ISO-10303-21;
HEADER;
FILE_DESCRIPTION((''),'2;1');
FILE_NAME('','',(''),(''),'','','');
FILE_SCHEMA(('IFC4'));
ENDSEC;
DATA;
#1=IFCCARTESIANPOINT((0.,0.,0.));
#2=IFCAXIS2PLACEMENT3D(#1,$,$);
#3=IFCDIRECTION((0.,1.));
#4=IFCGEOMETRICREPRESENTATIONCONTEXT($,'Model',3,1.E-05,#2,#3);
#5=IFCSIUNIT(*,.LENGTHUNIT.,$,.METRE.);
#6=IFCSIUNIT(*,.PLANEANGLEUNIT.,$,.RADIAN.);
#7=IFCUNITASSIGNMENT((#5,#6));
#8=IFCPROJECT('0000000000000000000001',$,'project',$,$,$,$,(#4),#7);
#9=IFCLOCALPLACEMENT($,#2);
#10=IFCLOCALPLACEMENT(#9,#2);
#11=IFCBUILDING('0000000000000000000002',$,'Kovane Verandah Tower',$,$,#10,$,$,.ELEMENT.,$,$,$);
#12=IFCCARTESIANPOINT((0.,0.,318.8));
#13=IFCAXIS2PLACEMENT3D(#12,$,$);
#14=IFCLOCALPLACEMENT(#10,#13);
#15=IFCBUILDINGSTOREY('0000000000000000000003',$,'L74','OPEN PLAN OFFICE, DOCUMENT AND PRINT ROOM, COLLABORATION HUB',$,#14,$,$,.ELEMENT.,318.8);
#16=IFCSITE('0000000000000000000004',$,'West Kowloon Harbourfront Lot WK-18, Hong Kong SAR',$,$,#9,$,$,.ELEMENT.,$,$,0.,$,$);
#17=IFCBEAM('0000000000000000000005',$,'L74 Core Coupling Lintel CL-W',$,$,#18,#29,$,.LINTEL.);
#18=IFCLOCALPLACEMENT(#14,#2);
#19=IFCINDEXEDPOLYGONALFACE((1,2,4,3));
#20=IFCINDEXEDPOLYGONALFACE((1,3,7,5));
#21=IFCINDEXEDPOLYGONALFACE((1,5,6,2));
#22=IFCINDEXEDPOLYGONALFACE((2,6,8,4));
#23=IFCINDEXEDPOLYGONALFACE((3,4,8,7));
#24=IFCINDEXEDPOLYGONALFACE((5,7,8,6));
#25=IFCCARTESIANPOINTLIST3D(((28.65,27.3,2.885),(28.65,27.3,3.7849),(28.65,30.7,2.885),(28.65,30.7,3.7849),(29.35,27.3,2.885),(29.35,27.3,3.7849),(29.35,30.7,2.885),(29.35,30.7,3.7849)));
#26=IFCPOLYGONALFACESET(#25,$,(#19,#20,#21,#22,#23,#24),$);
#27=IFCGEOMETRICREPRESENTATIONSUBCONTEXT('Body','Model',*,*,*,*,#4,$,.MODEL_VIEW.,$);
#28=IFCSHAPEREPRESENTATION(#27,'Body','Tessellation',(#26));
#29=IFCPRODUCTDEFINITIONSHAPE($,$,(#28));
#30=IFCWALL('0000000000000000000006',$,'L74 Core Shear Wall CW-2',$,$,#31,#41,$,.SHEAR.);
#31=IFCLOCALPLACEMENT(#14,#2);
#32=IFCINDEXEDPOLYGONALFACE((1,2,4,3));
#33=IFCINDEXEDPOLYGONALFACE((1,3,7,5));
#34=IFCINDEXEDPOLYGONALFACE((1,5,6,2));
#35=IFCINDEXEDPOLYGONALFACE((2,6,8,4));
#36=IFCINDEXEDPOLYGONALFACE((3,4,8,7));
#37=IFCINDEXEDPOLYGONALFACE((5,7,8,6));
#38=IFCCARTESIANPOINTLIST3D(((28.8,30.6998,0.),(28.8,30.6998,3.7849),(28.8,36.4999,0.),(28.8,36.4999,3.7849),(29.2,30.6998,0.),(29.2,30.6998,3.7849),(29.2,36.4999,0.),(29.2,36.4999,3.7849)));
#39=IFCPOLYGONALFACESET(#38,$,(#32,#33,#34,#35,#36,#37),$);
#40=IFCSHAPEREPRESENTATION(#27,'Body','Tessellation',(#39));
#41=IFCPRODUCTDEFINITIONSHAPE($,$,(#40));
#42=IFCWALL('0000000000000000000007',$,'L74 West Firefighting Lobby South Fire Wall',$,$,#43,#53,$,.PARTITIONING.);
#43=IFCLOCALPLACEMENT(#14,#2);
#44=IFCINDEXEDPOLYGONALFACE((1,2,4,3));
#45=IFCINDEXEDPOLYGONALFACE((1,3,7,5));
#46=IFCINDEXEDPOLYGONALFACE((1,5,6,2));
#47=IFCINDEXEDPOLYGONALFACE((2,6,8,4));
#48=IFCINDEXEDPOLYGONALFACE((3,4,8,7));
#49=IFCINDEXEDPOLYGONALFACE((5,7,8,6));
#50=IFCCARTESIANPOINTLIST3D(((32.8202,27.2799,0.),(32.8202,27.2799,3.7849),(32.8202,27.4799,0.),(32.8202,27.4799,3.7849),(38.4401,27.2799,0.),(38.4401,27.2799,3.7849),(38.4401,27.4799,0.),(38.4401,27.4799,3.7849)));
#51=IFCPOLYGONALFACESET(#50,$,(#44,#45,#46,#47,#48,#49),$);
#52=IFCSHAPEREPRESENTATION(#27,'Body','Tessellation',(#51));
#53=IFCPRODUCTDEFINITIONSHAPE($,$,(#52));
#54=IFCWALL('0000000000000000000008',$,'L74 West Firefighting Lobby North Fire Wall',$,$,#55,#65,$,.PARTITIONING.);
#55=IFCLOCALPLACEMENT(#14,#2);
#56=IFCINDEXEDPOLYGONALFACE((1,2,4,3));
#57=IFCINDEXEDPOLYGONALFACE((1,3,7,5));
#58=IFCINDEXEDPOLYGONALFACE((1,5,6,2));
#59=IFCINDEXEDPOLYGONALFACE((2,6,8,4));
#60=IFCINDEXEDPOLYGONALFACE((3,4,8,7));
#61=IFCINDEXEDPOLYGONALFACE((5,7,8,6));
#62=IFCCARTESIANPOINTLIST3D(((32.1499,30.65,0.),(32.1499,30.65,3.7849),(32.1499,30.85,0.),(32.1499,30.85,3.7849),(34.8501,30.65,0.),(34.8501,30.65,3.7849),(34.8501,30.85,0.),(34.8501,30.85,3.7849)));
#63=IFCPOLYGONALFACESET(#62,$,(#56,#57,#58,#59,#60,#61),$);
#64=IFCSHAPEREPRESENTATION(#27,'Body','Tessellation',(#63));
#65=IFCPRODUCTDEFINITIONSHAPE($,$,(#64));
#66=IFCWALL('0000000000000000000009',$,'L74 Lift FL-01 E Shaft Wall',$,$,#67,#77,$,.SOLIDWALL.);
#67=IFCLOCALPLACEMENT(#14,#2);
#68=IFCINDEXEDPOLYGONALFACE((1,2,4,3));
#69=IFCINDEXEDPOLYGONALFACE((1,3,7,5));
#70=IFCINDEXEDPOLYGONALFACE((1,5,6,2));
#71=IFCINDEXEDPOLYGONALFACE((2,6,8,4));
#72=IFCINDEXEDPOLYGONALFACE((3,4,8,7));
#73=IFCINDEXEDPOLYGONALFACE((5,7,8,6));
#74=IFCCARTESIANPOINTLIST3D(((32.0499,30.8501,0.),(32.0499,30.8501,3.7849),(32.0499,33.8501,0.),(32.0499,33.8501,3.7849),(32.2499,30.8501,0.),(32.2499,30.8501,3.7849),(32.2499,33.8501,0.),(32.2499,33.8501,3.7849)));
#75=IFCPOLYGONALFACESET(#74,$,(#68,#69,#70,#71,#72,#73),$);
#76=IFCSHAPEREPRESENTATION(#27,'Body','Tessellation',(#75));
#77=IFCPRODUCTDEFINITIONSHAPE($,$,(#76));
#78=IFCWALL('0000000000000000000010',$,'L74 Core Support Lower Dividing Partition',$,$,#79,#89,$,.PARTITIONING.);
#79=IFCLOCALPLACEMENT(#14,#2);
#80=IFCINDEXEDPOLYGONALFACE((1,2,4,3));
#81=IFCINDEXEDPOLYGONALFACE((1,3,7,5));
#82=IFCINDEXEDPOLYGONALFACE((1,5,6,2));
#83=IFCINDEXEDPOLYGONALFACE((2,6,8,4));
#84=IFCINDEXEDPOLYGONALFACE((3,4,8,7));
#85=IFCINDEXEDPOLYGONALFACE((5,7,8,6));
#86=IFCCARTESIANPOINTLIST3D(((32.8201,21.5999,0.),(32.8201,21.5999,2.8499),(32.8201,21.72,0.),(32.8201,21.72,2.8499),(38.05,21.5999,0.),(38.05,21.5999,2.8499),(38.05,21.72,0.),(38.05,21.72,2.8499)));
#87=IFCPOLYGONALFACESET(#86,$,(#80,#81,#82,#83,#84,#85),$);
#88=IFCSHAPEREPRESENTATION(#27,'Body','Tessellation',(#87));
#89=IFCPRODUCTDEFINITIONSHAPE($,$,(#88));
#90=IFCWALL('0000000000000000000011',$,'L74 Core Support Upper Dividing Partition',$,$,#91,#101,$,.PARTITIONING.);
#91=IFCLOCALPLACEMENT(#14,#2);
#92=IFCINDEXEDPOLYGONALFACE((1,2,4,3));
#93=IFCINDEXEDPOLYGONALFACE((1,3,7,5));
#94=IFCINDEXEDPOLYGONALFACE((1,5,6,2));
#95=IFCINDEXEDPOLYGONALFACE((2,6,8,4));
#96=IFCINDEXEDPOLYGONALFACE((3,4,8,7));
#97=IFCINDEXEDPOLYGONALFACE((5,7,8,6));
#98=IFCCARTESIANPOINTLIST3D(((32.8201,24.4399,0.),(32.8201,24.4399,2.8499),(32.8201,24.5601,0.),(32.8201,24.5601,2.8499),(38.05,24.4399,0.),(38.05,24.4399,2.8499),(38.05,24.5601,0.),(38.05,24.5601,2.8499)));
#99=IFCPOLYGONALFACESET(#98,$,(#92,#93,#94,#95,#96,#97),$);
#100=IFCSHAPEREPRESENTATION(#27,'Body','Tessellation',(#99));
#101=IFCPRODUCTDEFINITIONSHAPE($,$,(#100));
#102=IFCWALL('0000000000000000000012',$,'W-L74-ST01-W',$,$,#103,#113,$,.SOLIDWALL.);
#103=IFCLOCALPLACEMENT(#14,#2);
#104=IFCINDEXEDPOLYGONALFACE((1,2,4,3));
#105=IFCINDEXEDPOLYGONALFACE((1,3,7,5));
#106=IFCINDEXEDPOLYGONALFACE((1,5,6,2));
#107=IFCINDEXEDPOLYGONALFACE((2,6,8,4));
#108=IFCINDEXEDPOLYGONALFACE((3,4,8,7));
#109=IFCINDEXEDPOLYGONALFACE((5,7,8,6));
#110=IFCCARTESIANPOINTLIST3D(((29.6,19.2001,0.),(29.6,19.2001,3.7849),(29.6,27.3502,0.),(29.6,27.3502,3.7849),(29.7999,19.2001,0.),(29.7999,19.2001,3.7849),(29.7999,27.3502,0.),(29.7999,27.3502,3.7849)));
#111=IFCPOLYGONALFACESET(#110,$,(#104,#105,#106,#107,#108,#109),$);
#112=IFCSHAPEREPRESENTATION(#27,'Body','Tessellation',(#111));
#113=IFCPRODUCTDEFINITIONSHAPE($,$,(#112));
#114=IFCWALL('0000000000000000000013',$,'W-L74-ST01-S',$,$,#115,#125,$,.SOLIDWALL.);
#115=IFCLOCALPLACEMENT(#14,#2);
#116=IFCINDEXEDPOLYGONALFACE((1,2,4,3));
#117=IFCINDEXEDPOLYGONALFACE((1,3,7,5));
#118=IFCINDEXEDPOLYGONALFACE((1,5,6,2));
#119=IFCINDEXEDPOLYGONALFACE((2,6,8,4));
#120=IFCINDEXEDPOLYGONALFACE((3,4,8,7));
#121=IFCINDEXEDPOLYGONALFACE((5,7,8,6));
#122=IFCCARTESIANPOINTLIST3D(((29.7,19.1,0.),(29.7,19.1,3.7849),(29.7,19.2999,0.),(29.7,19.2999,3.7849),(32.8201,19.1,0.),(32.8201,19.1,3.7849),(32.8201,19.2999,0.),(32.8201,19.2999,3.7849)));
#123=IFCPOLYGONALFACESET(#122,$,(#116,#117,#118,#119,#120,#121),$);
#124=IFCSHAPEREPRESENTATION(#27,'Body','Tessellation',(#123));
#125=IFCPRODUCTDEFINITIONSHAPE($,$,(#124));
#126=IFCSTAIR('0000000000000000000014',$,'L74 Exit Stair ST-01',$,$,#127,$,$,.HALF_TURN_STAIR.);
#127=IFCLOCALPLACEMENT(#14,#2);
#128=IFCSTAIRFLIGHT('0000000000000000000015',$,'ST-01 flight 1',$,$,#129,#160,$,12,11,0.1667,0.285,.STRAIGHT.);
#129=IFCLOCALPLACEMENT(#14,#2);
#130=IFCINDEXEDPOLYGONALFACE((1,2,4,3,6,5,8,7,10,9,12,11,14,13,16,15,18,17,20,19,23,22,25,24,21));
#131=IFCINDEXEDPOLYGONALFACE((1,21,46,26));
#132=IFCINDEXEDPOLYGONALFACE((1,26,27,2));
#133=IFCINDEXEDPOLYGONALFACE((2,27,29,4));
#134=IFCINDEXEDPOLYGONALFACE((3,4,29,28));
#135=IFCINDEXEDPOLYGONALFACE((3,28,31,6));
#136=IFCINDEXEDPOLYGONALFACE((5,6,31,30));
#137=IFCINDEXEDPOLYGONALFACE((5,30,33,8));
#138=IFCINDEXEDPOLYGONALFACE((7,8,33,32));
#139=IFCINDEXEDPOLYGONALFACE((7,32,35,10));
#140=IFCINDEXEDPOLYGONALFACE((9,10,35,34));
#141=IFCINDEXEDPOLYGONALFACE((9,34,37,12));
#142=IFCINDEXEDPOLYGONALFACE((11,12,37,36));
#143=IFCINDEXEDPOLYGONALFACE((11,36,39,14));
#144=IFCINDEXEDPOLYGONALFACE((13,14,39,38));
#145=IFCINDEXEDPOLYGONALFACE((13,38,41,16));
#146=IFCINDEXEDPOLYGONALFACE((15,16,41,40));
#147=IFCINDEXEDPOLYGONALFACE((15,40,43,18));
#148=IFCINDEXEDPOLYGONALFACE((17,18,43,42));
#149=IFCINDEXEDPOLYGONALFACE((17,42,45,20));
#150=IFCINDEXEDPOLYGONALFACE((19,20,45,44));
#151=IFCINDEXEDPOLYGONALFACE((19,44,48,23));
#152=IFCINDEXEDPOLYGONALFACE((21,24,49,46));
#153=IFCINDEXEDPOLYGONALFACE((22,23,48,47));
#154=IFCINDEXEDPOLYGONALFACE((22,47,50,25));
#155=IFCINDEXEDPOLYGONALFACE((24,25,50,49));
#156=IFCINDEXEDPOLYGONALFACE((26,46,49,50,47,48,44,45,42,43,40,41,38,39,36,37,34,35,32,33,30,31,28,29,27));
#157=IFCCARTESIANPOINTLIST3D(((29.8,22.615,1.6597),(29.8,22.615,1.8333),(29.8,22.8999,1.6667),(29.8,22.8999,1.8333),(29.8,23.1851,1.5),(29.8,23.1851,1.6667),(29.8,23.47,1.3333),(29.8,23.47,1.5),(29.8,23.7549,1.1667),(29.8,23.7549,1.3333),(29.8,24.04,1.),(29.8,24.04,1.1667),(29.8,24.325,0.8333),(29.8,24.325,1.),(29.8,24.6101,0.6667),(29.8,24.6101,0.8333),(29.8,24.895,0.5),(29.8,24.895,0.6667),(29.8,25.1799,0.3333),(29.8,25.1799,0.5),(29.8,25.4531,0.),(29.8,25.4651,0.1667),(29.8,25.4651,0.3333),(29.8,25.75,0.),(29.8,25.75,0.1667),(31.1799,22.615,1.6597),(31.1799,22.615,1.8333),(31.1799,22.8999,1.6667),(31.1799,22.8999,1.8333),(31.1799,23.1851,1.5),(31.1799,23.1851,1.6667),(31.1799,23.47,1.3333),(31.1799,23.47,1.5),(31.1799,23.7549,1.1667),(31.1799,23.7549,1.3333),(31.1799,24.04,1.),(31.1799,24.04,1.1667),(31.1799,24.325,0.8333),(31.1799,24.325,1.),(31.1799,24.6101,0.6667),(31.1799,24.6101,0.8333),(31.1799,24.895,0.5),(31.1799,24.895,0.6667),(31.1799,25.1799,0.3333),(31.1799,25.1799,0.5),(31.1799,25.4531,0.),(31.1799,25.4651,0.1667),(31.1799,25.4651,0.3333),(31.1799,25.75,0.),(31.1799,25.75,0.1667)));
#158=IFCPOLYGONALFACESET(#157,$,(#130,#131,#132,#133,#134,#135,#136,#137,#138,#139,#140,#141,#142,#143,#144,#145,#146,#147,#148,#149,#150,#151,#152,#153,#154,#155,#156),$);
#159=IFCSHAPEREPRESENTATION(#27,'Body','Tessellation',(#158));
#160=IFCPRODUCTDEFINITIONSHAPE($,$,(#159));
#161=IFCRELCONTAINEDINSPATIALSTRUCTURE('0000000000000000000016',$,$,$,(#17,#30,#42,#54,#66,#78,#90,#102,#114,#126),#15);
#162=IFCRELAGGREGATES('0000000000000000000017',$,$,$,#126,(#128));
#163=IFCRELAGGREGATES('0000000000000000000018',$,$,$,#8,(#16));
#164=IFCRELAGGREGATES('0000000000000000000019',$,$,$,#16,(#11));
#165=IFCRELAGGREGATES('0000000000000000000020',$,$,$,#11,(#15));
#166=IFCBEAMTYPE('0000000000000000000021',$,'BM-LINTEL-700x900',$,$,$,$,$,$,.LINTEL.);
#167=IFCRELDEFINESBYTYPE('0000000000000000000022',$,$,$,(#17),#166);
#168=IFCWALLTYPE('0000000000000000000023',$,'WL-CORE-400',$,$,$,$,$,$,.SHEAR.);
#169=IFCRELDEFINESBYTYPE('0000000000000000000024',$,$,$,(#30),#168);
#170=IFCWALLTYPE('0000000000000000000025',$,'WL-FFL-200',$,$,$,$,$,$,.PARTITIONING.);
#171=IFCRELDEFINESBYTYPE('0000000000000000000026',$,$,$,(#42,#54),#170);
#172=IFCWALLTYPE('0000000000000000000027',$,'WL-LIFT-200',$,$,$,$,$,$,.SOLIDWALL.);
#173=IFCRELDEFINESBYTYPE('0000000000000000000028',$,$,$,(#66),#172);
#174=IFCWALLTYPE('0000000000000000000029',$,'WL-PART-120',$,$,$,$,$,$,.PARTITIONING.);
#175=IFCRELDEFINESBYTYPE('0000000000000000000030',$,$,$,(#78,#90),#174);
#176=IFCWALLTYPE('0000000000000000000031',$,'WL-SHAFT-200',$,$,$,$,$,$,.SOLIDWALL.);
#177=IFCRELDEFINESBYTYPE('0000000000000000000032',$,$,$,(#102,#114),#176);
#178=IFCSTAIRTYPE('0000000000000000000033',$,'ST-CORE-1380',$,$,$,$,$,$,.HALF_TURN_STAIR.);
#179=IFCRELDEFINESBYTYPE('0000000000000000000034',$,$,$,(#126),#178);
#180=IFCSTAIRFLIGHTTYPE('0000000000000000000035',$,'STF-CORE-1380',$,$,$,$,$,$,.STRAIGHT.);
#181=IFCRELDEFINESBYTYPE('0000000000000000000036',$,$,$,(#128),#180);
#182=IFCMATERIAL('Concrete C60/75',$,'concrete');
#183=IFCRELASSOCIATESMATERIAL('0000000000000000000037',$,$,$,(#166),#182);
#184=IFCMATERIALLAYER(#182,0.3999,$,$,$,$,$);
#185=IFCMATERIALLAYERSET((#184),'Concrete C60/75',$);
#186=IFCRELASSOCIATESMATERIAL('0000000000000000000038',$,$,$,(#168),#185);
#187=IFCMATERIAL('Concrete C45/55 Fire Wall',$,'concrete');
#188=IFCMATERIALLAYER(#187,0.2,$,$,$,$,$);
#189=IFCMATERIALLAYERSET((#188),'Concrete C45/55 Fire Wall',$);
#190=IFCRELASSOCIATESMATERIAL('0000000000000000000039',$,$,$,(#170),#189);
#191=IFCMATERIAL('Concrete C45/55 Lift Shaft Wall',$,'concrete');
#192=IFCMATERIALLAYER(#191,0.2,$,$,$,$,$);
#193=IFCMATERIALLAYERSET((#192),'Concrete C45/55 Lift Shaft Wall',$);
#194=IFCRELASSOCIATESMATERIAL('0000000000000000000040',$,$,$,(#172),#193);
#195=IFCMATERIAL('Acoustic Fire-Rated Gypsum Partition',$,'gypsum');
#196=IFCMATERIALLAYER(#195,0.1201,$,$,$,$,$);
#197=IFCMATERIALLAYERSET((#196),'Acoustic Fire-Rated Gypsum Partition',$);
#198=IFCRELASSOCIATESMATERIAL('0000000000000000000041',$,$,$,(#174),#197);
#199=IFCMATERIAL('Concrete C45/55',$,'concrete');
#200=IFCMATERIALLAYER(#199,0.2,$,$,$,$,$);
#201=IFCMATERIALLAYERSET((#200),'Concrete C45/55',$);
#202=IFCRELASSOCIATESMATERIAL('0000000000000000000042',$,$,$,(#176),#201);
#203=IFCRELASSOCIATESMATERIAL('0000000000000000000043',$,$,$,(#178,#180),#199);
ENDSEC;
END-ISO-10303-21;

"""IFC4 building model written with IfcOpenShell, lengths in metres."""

from ifc_helpers import new_model, si_unit, direction, frame, frame_2d, origin, origin_2d, place, context, subcontext, project, spatial, polyline, rectangle, outline, extrude, material, layer, layer_set, material_profile, profile_set, type_object, element, aggregate, save


model = new_model("IFC4")

# Units and contexts
model_context = context("Model", 3, precision=1e-05, world=origin(), true_north=direction((0.0, 1.0)))
body_context = subcontext(model_context, "Body", "Model", "MODEL_VIEW")
ifc_project = project(units=[si_unit("LENGTHUNIT", "METRE"), si_unit("PLANEANGLEUNIT", "RADIAN")], contexts=[model_context])

# Site, building, storey
site_placement = place(None, origin())
site = spatial("IfcSite", under=ifc_project, at=site_placement, Name="West Kowloon Harbourfront Lot WK-18, Hong Kong SAR", CompositionType="ELEMENT", RefElevation=0.0)
building_placement = place(site_placement, origin())
building = spatial("IfcBuilding", under=site, at=building_placement, Name="Kovane Verandah Tower", CompositionType="ELEMENT")
storey_placement = place(building_placement, frame((0.0, 0.0, 318.8)))
storey = spatial("IfcBuildingStorey", under=building, at=storey_placement, Name="L74", Description="OPEN PLAN OFFICE, DOCUMENT AND PRINT ROOM, COLLABORATION HUB", CompositionType="ELEMENT", Elevation=318.8)

# Beam
ifc_material_1 = material(Name="Concrete C60/75", Category="concrete")
ifc_material_profile = material_profile(ifc_material_1, rectangle(XDim=0.7, YDim=0.8999, at=origin_2d()), Name="RCB700x900")
ifc_profile_set = profile_set([ifc_material_profile], Name="Concrete C60/75")
beam_type = type_object("IfcBeamType", Name="BM-LINTEL-700x900", PredefinedType="LINTEL", material=ifc_profile_set)
beam_placement = place(storey_placement, frame((29.0, 27.3, 3.335), z_axis=(0.0, 1.0, 0.0), x_axis=(-1.0, 0.0, 0.0)))
element("IfcBeam", 1, at=beam_placement, inside=storey, type_object=beam_type, Name="L74 Core Coupling Lintel CL-W", PredefinedType="LINTEL", context=body_context, shape_type="SweptSolid", body=[
    extrude(rectangle(XDim=0.7, YDim=0.8999, at=origin_2d()), origin(), (0.0, 0.0, 1.0), 3.3999),
])

# Wall
ifc_layer_1 = layer(ifc_material_1, 0.3999)
ifc_layer_set_1 = layer_set([ifc_layer_1], Name="Concrete C60/75")
wall_type_1 = type_object("IfcWallType", Name="WL-CORE-400", PredefinedType="SHEAR", material=ifc_layer_set_1)
wall_1_placement = place(storey_placement, frame((29.0, 30.7, 0.0), z_axis=(0.0, 0.0, 1.0), x_axis=(0.0, 1.0, 0.0)))
element("IfcWall", 2, at=wall_1_placement, inside=storey, type_object=wall_type_1, Name="L74 Core Shear Wall CW-2", PredefinedType="SHEAR", context=body_context, shape_type="SweptSolid", body=[
    extrude(rectangle(XDim=5.8, YDim=0.3999, at=frame_2d((2.8999, 0.0))), origin(), (0.0, 0.0, 1.0), 3.7849),
])

# Shared definitions
ifc_material_2 = material(Name="Concrete C45/55 Fire Wall", Category="concrete")
ifc_layer_2 = layer(ifc_material_2, 0.2)
ifc_layer_set_2 = layer_set([ifc_layer_2], Name="Concrete C45/55 Fire Wall")
wall_type_2 = type_object("IfcWallType", Name="WL-FFL-200", PredefinedType="PARTITIONING", material=ifc_layer_set_2)

# Walls
wall_2_placement = place(storey_placement, frame((32.8201, 27.3799, 0.0), z_axis=(0.0, 0.0, 1.0), x_axis=(1.0, 0.0, 0.0)))
element("IfcWall", 3, at=wall_2_placement, inside=storey, type_object=wall_type_2, Name="L74 West Firefighting Lobby South Fire Wall", PredefinedType="PARTITIONING", context=body_context, shape_type="SweptSolid", body=[
    extrude(rectangle(XDim=5.6199, YDim=0.2, at=frame_2d((2.8101, 0.0))), origin(), (0.0, 0.0, 1.0), 3.7849),
])
wall_3_placement = place(storey_placement, frame((32.1499, 30.75, 0.0), z_axis=(0.0, 0.0, 1.0), x_axis=(1.0, 0.0, 0.0)))
element("IfcWall", 4, at=wall_3_placement, inside=storey, type_object=wall_type_2, Name="L74 West Firefighting Lobby North Fire Wall", PredefinedType="PARTITIONING", context=body_context, shape_type="SweptSolid", body=[
    extrude(rectangle(XDim=2.7002, YDim=0.2, at=frame_2d((1.3501, 0.0))), origin(), (0.0, 0.0, 1.0), 3.7849),
])

# Shared definitions
ifc_material_3 = material(Name="Concrete C45/55 Lift Shaft Wall", Category="concrete")
ifc_layer_3 = layer(ifc_material_3, 0.2)
ifc_layer_set_3 = layer_set([ifc_layer_3], Name="Concrete C45/55 Lift Shaft Wall")
wall_type_3 = type_object("IfcWallType", Name="WL-LIFT-200", PredefinedType="SOLIDWALL", material=ifc_layer_set_3)

# Wall
wall_4_placement = place(storey_placement, frame((32.1499, 30.8501, 0.0), z_axis=(0.0, 0.0, 1.0), x_axis=(0.0, 1.0, 0.0)))
element("IfcWall", 5, at=wall_4_placement, inside=storey, type_object=wall_type_3, Name="L74 Lift FL-01 E Shaft Wall", PredefinedType="SOLIDWALL", context=body_context, shape_type="SweptSolid", body=[
    extrude(rectangle(XDim=3.0, YDim=0.2, at=frame_2d((1.5, 0.0))), origin(), (0.0, 0.0, 1.0), 3.7849),
])

# Walls
ifc_material_4 = material(Name="Acoustic Fire-Rated Gypsum Partition", Category="gypsum")
ifc_layer_4 = layer(ifc_material_4, 0.1201)
ifc_layer_set_4 = layer_set([ifc_layer_4], Name="Acoustic Fire-Rated Gypsum Partition")
wall_type_4 = type_object("IfcWallType", Name="WL-PART-120", PredefinedType="PARTITIONING", material=ifc_layer_set_4)
for number, where, z_axis, x_axis, name in (
    (6, (32.8201, 21.6599, 0.0), (0.0, 0.0, 1.0), (1.0, 0.0, 0.0), "L74 Core Support Lower Dividing Partition"),
    (7, (32.8201, 24.5, 0.0), (0.0, 0.0, 1.0), (1.0, 0.0, 0.0), "L74 Core Support Upper Dividing Partition"),
):
    element("IfcWall", number, at=place(storey_placement, frame(where, z_axis=z_axis, x_axis=x_axis)), inside=storey, type_object=wall_type_4, Name=name, PredefinedType="PARTITIONING", context=body_context, shape_type="SweptSolid", body=[
        extrude(rectangle(XDim=5.23, YDim=0.1201, at=frame_2d((2.615, 0.0))), origin(), (0.0, 0.0, 1.0), 2.8499),
    ])
ifc_material_5 = material(Name="Concrete C45/55", Category="concrete")
ifc_layer_5 = layer(ifc_material_5, 0.2)
ifc_layer_set_5 = layer_set([ifc_layer_5], Name="Concrete C45/55")
wall_type_5 = type_object("IfcWallType", Name="WL-SHAFT-200", PredefinedType="SOLIDWALL", material=ifc_layer_set_5)
wall_5_placement = place(storey_placement, frame((29.7, 19.2, 0.0), z_axis=(0.0, 0.0, 1.0), x_axis=(0.0, 1.0, 0.0)))
element("IfcWall", 8, at=wall_5_placement, inside=storey, type_object=wall_type_5, Name="W-L74-ST01-W", PredefinedType="SOLIDWALL", context=body_context, shape_type="SweptSolid", body=[
    extrude(rectangle(XDim=8.1501, YDim=0.2, at=frame_2d((4.0752, 0.0))), origin(), (0.0, 0.0, 1.0), 3.7849),
])
wall_6_placement = place(storey_placement, frame((29.7, 19.2, 0.0), z_axis=(0.0, 0.0, 1.0), x_axis=(1.0, 0.0, 0.0)))
element("IfcWall", 9, at=wall_6_placement, inside=storey, type_object=wall_type_5, Name="W-L74-ST01-S", PredefinedType="SOLIDWALL", context=body_context, shape_type="SweptSolid", body=[
    extrude(rectangle(XDim=3.1201, YDim=0.2, at=frame_2d((1.5601, 0.0))), origin(), (0.0, 0.0, 1.0), 3.7849),
])

# Stair, stair flight
stair_type = type_object("IfcStairType", Name="ST-CORE-1380", PredefinedType="HALF_TURN_STAIR", material=ifc_material_5)
stair_placement = place(storey_placement, origin())
stair = element("IfcStair", 10, at=stair_placement, inside=storey, type_object=stair_type, Name="L74 Exit Stair ST-01", PredefinedType="HALF_TURN_STAIR")
stair_flight_type = type_object("IfcStairFlightType", Name="STF-CORE-1380", PredefinedType="STRAIGHT", material=ifc_material_5)
stair_flight_1_placement = place(storey_placement, frame((30.49, 25.75, 0.0), z_axis=(0.0, 0.0, 1.0), x_axis=(0.0, -1.0, 0.0)))
stair_flight_1 = element("IfcStairFlight", 11, at=stair_flight_1_placement, type_object=stair_flight_type, Name="ST-01 flight 1", NumberOfRisers=12, NumberOfTreads=11, PredefinedType="STRAIGHT", RiserHeight=0.1667, TreadLength=0.285, context=body_context, shape_type="SweptSolid", body=[
    extrude(outline(polyline([(0.0, 0.0), (0.0, 0.1667), (0.2849, 0.1667), (0.2849, 0.3333), (0.5701, 0.3333), (0.5701, 0.5), (0.855, 0.5), (0.855, 0.6667), (1.1399, 0.6667), (1.1399, 0.8333), (1.425, 0.8333), (1.425, 1.0), (1.71, 1.0), (1.71, 1.1667), (1.9951, 1.1667), (1.9951, 1.3333), (2.28, 1.3333), (2.28, 1.5), (2.5649, 1.5), (2.5649, 1.6667), (2.8501, 1.6667), (2.8501, 1.8333), (3.135, 1.8333), (3.135, 2.0), (3.135, 1.6597), (0.2969, 0.0), (0.0, 0.0)])), frame((0.0, 0.6899, 0.0), z_axis=(0.0, -1.0, 0.0), x_axis=(1.0, 0.0, 0.0)), (0.0, 0.0, 1.0), 1.3799),
])
aggregate(stair, [stair_flight_1])

save(model, "model.ifc")
